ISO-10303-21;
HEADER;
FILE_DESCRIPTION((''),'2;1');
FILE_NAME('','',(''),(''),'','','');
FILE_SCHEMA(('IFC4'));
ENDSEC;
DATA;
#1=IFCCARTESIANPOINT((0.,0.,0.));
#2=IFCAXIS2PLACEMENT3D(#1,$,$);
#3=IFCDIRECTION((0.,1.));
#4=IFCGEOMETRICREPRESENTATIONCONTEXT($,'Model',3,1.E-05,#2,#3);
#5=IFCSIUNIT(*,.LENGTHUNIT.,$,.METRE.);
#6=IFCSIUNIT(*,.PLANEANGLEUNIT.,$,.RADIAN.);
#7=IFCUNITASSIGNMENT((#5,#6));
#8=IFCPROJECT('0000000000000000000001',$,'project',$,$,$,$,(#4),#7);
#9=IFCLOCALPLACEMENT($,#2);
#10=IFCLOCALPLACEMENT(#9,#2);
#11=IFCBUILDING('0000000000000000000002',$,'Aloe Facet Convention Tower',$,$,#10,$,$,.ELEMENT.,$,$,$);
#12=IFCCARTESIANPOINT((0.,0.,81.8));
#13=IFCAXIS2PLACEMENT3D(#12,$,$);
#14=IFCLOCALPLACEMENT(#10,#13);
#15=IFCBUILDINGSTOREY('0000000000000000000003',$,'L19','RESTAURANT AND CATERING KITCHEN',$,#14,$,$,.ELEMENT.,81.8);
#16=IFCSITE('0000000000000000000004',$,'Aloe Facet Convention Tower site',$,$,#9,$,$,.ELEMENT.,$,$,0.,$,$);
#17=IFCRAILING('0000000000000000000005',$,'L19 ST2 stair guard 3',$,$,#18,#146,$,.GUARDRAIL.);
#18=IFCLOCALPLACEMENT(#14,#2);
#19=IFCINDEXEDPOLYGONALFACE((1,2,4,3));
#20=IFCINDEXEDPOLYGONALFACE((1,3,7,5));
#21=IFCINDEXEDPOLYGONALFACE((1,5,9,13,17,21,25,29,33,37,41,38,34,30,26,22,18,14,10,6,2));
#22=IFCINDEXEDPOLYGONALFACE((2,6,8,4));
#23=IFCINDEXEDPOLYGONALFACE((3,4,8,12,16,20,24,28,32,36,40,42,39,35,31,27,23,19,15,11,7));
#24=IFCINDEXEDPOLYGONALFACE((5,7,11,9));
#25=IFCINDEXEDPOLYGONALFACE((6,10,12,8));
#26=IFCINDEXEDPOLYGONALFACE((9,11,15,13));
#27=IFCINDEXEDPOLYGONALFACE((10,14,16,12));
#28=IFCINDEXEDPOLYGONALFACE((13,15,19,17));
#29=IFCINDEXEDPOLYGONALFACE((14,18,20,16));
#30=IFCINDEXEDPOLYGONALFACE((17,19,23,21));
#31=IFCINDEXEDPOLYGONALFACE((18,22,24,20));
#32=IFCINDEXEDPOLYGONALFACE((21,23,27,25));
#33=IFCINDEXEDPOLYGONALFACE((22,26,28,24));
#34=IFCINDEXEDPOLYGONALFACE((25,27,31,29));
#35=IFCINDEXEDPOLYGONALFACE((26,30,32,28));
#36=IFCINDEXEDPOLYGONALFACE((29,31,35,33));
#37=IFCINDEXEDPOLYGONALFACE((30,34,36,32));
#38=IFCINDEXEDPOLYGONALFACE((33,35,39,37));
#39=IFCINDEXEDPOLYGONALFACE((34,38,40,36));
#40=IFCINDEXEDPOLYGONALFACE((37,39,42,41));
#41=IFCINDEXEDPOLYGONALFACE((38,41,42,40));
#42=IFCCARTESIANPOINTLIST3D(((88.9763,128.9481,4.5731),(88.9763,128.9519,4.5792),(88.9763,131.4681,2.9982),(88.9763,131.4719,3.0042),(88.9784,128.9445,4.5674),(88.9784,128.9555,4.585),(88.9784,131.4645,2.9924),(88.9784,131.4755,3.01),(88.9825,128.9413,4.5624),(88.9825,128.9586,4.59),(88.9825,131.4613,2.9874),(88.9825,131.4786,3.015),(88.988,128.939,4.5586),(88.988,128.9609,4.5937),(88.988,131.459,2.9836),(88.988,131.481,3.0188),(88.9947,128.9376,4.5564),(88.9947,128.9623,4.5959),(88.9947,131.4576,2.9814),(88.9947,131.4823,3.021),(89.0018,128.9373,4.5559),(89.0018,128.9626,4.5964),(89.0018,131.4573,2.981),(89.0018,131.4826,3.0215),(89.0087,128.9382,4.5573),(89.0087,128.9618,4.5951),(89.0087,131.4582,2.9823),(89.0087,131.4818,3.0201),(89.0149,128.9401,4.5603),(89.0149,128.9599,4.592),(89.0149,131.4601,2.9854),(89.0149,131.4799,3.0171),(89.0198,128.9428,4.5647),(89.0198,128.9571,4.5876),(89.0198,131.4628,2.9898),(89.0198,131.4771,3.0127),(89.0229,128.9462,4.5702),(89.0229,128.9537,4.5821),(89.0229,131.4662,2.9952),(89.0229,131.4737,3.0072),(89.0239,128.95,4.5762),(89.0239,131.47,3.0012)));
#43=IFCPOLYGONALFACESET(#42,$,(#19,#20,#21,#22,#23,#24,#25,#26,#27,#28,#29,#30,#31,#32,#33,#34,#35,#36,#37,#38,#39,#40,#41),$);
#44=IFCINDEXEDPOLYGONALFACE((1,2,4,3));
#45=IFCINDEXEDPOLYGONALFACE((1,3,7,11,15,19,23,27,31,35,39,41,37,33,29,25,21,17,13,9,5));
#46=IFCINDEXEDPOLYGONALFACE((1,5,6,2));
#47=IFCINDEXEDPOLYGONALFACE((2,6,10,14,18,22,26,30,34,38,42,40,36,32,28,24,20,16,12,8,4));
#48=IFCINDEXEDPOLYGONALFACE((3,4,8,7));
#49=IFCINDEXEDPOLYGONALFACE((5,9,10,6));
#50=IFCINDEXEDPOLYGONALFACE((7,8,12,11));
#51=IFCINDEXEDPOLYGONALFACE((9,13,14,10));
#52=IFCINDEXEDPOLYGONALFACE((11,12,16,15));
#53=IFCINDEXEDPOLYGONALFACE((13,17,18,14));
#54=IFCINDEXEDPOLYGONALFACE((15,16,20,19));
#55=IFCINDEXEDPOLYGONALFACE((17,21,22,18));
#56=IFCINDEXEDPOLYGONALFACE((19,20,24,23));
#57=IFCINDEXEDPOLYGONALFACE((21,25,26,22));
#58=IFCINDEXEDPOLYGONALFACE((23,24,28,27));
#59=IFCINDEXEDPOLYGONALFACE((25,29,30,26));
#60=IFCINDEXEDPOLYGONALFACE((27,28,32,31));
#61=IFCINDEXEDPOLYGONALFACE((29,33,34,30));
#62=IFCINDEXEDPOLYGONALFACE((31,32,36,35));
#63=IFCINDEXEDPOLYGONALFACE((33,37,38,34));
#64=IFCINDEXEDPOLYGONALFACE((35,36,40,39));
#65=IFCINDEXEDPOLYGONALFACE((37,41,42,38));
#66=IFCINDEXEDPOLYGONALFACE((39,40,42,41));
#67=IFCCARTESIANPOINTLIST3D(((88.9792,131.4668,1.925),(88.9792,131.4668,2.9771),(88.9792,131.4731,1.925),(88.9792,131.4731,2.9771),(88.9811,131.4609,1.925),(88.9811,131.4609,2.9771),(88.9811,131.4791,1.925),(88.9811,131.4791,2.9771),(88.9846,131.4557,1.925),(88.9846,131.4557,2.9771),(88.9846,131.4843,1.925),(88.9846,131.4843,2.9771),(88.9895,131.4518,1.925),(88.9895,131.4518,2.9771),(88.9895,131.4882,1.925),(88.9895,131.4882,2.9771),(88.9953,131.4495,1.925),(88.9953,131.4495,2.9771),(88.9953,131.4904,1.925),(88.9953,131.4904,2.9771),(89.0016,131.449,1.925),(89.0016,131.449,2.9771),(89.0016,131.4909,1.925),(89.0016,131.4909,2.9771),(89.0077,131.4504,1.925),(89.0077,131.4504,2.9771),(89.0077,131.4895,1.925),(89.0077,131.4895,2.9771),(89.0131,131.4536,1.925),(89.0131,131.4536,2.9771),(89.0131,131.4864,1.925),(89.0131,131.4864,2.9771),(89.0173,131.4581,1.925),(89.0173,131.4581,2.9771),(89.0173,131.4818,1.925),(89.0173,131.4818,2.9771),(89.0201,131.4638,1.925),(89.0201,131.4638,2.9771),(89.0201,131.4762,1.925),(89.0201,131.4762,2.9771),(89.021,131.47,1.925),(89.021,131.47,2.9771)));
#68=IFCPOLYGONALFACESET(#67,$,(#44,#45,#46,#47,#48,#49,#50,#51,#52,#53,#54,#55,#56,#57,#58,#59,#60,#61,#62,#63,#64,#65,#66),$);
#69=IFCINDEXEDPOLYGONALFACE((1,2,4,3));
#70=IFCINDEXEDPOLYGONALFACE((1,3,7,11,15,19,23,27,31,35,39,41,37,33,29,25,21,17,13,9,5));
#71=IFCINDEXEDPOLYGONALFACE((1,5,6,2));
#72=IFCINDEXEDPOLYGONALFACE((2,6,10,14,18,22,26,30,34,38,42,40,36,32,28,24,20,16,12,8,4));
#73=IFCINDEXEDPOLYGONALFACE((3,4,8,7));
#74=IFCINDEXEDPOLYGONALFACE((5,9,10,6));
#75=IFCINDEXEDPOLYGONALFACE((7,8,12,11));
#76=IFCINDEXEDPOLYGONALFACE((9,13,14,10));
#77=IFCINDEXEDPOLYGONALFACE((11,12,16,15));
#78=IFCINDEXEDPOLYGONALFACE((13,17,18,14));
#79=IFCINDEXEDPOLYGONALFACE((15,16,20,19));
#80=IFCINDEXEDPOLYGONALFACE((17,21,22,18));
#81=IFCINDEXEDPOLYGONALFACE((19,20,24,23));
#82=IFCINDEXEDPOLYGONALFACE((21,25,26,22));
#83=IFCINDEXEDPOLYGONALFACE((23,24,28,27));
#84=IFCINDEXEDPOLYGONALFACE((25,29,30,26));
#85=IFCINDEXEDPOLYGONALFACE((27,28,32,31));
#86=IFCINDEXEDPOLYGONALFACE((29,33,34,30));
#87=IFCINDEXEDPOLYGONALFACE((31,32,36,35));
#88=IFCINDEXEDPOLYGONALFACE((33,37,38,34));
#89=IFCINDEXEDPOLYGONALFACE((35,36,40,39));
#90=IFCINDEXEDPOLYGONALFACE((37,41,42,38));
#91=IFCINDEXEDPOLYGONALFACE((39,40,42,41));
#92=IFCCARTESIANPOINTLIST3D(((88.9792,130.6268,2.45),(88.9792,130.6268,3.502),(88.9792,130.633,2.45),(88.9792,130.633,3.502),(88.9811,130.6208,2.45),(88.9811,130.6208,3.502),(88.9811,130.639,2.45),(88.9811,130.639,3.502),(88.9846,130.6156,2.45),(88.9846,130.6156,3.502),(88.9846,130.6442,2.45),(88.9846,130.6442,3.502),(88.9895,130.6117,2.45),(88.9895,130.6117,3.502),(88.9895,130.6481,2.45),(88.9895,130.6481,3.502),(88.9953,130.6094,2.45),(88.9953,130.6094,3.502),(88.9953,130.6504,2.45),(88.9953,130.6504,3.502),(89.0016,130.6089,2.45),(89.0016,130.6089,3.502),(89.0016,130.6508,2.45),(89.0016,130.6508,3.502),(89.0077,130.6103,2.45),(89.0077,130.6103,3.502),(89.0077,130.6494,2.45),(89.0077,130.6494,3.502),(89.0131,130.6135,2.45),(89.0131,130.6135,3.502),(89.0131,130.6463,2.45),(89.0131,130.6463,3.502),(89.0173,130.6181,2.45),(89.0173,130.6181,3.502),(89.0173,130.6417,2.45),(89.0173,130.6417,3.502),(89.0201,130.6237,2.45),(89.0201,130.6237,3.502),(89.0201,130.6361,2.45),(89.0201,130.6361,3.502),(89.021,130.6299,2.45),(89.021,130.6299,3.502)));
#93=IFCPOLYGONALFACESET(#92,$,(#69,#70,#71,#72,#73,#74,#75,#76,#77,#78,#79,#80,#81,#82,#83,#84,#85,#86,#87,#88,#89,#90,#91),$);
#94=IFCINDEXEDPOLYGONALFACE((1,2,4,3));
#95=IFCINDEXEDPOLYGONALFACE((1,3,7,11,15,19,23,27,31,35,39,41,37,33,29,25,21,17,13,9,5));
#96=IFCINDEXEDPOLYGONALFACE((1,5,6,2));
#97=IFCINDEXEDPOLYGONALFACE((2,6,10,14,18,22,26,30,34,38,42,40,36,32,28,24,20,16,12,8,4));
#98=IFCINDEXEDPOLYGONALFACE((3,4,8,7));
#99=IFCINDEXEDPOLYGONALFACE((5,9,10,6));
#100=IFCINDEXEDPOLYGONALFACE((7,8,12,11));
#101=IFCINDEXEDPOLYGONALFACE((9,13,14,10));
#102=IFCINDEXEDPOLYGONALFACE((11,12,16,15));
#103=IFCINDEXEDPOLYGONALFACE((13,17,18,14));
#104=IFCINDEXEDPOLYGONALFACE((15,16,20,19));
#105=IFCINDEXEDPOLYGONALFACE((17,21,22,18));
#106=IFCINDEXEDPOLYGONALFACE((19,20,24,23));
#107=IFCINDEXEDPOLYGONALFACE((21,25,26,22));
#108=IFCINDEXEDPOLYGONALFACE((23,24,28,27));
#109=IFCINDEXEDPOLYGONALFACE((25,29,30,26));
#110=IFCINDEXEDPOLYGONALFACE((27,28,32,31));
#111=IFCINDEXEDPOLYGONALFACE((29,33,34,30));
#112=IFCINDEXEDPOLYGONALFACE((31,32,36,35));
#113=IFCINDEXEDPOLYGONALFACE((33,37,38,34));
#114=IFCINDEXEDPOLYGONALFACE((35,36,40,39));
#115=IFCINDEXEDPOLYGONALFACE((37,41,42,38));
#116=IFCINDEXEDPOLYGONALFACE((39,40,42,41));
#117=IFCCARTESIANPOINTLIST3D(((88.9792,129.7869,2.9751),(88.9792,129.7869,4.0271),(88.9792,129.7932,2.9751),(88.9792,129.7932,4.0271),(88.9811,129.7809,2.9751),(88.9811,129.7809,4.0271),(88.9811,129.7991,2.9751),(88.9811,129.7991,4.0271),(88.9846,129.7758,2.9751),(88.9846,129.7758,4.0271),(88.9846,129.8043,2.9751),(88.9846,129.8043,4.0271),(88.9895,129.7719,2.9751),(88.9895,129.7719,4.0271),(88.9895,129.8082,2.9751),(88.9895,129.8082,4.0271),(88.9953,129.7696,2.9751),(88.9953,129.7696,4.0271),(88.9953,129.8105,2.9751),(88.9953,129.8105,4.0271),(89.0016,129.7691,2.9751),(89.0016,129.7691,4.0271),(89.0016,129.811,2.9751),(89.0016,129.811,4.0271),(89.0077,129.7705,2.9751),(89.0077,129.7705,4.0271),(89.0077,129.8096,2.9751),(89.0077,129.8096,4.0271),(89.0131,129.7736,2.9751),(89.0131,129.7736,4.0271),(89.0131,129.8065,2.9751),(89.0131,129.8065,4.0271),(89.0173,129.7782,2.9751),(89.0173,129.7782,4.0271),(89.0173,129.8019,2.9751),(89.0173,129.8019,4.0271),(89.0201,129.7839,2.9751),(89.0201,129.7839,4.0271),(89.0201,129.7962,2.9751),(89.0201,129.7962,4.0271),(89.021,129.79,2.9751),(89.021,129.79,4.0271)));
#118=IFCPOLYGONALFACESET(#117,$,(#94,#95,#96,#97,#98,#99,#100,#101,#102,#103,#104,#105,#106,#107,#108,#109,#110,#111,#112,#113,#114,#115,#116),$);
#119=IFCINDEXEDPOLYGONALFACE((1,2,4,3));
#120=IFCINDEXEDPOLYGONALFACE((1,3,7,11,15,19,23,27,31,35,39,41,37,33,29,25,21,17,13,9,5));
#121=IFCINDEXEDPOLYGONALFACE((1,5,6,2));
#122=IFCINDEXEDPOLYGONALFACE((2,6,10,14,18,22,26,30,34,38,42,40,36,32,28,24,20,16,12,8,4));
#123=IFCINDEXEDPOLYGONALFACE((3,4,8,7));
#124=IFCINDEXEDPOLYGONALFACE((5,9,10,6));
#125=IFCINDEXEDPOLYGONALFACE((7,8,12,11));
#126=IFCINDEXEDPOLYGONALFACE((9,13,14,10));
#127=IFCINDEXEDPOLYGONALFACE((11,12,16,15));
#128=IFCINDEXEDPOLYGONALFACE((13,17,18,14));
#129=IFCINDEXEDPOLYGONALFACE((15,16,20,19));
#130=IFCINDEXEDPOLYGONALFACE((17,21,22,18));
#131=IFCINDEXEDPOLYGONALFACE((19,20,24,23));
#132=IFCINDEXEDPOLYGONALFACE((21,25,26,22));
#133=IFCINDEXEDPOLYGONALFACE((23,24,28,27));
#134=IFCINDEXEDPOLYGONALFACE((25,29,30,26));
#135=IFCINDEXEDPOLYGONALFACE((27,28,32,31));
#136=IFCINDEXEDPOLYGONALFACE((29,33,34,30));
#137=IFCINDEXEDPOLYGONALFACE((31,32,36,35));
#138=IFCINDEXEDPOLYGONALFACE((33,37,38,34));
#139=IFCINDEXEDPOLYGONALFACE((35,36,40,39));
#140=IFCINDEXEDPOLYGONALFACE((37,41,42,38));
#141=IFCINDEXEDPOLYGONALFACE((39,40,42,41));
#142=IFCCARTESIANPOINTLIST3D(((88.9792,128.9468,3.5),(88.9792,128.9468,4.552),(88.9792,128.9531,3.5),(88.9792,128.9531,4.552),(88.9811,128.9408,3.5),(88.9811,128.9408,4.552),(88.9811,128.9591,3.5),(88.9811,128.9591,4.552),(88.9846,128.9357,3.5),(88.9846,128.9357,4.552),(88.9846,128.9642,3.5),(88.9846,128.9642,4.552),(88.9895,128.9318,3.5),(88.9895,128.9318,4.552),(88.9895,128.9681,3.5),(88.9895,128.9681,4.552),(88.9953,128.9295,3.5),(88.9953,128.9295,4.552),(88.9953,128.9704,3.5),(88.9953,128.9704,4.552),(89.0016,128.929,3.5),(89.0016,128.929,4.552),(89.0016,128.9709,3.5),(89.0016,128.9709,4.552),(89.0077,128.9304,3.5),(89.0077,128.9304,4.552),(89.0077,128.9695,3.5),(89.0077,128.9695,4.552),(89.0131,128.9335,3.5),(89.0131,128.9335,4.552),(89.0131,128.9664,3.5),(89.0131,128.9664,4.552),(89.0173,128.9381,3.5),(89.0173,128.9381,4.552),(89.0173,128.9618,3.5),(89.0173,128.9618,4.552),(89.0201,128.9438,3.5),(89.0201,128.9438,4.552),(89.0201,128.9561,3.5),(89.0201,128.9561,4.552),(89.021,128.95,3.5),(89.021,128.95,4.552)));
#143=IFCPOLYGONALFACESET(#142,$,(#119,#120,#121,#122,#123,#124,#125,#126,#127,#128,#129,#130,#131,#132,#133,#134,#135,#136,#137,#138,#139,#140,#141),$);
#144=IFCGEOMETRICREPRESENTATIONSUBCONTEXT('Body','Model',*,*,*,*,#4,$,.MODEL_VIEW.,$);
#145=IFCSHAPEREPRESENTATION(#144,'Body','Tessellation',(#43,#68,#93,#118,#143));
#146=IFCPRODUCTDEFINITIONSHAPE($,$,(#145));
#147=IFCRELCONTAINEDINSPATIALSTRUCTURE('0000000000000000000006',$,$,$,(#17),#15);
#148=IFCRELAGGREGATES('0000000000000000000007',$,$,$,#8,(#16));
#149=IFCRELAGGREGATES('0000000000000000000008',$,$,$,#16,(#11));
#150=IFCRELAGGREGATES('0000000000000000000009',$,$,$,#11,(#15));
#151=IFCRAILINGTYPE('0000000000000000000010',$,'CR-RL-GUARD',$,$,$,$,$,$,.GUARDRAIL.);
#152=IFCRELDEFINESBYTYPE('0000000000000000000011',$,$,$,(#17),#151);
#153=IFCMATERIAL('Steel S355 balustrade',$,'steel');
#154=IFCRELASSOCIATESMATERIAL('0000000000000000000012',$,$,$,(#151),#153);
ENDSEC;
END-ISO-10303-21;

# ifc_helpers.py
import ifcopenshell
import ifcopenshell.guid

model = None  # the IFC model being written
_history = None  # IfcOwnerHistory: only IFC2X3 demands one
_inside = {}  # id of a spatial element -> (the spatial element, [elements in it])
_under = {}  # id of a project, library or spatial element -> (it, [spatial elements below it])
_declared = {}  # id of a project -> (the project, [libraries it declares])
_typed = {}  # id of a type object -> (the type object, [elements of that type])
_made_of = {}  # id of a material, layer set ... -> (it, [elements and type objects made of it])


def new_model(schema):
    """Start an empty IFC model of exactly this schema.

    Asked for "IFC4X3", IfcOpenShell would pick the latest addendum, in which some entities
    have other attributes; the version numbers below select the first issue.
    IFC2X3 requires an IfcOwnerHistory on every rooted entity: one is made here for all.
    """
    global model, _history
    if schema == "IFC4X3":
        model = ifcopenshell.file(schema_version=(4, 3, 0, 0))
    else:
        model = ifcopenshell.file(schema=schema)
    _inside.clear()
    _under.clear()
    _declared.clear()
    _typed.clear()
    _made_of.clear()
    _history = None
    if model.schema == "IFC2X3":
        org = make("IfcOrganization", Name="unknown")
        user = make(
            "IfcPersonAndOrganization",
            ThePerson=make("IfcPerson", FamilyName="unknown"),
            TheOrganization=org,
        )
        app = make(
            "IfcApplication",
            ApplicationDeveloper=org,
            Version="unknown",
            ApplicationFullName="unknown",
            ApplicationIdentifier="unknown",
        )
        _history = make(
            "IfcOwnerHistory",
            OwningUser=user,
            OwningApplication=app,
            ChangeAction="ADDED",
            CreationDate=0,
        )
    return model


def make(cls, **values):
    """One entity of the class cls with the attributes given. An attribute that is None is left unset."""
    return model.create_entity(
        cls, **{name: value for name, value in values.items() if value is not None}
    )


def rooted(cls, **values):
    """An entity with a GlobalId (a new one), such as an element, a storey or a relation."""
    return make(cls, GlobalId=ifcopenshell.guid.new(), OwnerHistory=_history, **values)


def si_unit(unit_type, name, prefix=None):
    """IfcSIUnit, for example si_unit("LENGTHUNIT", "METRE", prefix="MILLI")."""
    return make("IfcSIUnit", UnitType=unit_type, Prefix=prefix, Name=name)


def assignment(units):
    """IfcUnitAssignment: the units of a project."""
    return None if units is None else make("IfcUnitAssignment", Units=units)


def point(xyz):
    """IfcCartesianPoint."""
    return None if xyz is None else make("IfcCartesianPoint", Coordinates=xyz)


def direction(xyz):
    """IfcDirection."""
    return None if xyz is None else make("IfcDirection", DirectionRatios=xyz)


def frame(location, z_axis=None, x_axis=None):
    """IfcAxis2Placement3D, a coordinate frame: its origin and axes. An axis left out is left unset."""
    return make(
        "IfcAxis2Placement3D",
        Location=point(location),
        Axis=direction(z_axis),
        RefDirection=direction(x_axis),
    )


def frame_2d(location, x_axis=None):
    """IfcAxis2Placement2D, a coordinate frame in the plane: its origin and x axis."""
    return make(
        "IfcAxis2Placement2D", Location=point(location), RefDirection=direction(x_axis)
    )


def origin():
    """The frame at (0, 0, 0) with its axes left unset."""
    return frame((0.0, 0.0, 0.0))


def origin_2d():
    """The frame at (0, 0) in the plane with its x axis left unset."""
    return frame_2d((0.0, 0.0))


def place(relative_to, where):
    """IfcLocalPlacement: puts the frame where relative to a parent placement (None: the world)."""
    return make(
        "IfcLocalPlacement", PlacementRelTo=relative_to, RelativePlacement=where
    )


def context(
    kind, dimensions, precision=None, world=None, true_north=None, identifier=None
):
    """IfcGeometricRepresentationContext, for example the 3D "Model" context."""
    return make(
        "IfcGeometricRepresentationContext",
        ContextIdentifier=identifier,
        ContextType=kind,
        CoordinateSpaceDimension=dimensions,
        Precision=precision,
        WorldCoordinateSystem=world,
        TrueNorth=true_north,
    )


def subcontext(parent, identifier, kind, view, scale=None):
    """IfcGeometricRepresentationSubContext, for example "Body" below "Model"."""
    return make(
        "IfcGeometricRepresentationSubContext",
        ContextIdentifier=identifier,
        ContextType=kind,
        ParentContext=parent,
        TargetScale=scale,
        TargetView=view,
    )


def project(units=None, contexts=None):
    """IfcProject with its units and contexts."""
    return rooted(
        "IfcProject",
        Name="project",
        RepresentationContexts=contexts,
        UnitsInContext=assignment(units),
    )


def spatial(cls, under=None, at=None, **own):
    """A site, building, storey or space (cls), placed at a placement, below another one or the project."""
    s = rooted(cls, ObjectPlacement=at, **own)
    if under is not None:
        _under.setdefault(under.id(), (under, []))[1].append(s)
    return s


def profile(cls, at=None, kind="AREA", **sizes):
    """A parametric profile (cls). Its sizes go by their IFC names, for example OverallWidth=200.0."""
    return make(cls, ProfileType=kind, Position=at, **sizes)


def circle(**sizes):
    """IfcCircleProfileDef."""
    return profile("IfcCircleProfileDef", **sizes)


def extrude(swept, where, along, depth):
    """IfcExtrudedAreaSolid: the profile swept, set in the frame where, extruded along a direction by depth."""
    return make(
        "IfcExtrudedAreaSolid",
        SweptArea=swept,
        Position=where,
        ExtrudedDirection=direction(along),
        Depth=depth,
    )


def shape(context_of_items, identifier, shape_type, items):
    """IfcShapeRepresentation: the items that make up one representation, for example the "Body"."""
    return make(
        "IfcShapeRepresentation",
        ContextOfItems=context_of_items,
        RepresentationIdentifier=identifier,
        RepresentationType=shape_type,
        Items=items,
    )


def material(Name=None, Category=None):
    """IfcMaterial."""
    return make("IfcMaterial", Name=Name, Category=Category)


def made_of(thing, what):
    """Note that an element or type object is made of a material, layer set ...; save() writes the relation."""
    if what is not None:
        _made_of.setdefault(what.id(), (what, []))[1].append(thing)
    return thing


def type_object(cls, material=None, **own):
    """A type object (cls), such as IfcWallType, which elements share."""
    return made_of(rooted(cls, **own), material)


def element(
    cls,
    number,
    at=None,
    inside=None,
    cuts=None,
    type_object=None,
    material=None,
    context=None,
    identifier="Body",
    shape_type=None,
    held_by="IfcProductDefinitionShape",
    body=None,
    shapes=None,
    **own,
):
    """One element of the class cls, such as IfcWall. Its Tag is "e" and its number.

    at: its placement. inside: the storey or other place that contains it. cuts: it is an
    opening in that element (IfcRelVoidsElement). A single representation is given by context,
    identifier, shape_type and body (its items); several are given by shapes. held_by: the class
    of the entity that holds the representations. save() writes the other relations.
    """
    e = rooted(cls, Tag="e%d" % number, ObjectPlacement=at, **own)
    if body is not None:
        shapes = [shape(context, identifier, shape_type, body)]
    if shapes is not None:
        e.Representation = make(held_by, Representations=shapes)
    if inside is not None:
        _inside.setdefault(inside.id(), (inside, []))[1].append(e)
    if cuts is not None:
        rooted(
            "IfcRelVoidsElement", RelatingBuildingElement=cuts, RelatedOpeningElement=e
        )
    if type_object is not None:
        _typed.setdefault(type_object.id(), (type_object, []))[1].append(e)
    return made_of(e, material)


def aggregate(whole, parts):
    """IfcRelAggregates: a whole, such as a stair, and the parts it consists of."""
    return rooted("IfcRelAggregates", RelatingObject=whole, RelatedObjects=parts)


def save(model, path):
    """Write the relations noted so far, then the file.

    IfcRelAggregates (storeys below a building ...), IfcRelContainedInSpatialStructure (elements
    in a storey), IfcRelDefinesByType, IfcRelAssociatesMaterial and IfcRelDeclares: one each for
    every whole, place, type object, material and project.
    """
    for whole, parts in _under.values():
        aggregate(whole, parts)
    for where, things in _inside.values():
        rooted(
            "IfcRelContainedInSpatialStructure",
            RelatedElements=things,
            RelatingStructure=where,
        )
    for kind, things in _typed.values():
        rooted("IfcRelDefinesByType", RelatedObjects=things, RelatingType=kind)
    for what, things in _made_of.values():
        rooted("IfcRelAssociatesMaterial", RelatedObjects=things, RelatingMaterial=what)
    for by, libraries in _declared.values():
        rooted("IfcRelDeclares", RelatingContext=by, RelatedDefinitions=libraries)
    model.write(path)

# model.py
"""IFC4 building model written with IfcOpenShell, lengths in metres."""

from ifc_helpers import new_model, si_unit, direction, frame, origin, origin_2d, place, context, subcontext, project, spatial, circle, extrude, material, type_object, element, save


model = new_model("IFC4")

# Units and contexts
model_context = context("Model", 3, precision=1e-05, world=origin(), true_north=direction((0.0, 1.0)))
body_context = subcontext(model_context, "Body", "Model", "MODEL_VIEW")
ifc_project = project(units=[si_unit("LENGTHUNIT", "METRE"), si_unit("PLANEANGLEUNIT", "RADIAN")], contexts=[model_context])

# Site, building, storey
site_placement = place(None, origin())
site = spatial("IfcSite", under=ifc_project, at=site_placement, Name="Aloe Facet Convention Tower site", CompositionType="ELEMENT", RefElevation=0.0)
building_placement = place(site_placement, origin())
building = spatial("IfcBuilding", under=site, at=building_placement, Name="Aloe Facet Convention Tower", CompositionType="ELEMENT")
storey_placement = place(building_placement, frame((0.0, 0.0, 81.8)))
storey = spatial("IfcBuildingStorey", under=building, at=storey_placement, Name="L19", Description="RESTAURANT AND CATERING KITCHEN", CompositionType="ELEMENT", Elevation=81.8)

# Railing
ifc_material_1 = material(Name="Steel S355 balustrade", Category="steel")
railing_type_1 = type_object("IfcRailingType", Name="CR-RL-GUARD", PredefinedType="GUARDRAIL", material=ifc_material_1)
railing_1_placement = place(storey_placement, frame((89.0, 131.47, 1.925)))
element("IfcRailing", 1, at=railing_1_placement, inside=storey, type_object=railing_type_1, Name="L19 ST2 stair guard 3", PredefinedType="GUARDRAIL", context=body_context, shape_type="SweptSolid", body=[
    extrude(circle(Radius=0.0239, at=origin_2d()), frame((0.0, 0.0, 1.0762), z_axis=(0.0, -0.848008, 0.529984), x_axis=(1.0, 0.0, 0.0)), (0.0, 0.0, 1.0), 2.9717),
    extrude(circle(Radius=0.021, at=origin_2d()), origin(), (0.0, 0.0, 1.0), 1.052),
    extrude(circle(Radius=0.021, at=origin_2d()), frame((0.0, -0.8401, 0.5249)), (0.0, 0.0, 1.0), 1.052),
    extrude(circle(Radius=0.021, at=origin_2d()), frame((0.0, -1.6799, 1.05)), (0.0, 0.0, 1.0), 1.052),
    extrude(circle(Radius=0.021, at=origin_2d()), frame((0.0, -2.52, 1.575)), (0.0, 0.0, 1.0), 1.052),
])

save(model, "model.ifc")
